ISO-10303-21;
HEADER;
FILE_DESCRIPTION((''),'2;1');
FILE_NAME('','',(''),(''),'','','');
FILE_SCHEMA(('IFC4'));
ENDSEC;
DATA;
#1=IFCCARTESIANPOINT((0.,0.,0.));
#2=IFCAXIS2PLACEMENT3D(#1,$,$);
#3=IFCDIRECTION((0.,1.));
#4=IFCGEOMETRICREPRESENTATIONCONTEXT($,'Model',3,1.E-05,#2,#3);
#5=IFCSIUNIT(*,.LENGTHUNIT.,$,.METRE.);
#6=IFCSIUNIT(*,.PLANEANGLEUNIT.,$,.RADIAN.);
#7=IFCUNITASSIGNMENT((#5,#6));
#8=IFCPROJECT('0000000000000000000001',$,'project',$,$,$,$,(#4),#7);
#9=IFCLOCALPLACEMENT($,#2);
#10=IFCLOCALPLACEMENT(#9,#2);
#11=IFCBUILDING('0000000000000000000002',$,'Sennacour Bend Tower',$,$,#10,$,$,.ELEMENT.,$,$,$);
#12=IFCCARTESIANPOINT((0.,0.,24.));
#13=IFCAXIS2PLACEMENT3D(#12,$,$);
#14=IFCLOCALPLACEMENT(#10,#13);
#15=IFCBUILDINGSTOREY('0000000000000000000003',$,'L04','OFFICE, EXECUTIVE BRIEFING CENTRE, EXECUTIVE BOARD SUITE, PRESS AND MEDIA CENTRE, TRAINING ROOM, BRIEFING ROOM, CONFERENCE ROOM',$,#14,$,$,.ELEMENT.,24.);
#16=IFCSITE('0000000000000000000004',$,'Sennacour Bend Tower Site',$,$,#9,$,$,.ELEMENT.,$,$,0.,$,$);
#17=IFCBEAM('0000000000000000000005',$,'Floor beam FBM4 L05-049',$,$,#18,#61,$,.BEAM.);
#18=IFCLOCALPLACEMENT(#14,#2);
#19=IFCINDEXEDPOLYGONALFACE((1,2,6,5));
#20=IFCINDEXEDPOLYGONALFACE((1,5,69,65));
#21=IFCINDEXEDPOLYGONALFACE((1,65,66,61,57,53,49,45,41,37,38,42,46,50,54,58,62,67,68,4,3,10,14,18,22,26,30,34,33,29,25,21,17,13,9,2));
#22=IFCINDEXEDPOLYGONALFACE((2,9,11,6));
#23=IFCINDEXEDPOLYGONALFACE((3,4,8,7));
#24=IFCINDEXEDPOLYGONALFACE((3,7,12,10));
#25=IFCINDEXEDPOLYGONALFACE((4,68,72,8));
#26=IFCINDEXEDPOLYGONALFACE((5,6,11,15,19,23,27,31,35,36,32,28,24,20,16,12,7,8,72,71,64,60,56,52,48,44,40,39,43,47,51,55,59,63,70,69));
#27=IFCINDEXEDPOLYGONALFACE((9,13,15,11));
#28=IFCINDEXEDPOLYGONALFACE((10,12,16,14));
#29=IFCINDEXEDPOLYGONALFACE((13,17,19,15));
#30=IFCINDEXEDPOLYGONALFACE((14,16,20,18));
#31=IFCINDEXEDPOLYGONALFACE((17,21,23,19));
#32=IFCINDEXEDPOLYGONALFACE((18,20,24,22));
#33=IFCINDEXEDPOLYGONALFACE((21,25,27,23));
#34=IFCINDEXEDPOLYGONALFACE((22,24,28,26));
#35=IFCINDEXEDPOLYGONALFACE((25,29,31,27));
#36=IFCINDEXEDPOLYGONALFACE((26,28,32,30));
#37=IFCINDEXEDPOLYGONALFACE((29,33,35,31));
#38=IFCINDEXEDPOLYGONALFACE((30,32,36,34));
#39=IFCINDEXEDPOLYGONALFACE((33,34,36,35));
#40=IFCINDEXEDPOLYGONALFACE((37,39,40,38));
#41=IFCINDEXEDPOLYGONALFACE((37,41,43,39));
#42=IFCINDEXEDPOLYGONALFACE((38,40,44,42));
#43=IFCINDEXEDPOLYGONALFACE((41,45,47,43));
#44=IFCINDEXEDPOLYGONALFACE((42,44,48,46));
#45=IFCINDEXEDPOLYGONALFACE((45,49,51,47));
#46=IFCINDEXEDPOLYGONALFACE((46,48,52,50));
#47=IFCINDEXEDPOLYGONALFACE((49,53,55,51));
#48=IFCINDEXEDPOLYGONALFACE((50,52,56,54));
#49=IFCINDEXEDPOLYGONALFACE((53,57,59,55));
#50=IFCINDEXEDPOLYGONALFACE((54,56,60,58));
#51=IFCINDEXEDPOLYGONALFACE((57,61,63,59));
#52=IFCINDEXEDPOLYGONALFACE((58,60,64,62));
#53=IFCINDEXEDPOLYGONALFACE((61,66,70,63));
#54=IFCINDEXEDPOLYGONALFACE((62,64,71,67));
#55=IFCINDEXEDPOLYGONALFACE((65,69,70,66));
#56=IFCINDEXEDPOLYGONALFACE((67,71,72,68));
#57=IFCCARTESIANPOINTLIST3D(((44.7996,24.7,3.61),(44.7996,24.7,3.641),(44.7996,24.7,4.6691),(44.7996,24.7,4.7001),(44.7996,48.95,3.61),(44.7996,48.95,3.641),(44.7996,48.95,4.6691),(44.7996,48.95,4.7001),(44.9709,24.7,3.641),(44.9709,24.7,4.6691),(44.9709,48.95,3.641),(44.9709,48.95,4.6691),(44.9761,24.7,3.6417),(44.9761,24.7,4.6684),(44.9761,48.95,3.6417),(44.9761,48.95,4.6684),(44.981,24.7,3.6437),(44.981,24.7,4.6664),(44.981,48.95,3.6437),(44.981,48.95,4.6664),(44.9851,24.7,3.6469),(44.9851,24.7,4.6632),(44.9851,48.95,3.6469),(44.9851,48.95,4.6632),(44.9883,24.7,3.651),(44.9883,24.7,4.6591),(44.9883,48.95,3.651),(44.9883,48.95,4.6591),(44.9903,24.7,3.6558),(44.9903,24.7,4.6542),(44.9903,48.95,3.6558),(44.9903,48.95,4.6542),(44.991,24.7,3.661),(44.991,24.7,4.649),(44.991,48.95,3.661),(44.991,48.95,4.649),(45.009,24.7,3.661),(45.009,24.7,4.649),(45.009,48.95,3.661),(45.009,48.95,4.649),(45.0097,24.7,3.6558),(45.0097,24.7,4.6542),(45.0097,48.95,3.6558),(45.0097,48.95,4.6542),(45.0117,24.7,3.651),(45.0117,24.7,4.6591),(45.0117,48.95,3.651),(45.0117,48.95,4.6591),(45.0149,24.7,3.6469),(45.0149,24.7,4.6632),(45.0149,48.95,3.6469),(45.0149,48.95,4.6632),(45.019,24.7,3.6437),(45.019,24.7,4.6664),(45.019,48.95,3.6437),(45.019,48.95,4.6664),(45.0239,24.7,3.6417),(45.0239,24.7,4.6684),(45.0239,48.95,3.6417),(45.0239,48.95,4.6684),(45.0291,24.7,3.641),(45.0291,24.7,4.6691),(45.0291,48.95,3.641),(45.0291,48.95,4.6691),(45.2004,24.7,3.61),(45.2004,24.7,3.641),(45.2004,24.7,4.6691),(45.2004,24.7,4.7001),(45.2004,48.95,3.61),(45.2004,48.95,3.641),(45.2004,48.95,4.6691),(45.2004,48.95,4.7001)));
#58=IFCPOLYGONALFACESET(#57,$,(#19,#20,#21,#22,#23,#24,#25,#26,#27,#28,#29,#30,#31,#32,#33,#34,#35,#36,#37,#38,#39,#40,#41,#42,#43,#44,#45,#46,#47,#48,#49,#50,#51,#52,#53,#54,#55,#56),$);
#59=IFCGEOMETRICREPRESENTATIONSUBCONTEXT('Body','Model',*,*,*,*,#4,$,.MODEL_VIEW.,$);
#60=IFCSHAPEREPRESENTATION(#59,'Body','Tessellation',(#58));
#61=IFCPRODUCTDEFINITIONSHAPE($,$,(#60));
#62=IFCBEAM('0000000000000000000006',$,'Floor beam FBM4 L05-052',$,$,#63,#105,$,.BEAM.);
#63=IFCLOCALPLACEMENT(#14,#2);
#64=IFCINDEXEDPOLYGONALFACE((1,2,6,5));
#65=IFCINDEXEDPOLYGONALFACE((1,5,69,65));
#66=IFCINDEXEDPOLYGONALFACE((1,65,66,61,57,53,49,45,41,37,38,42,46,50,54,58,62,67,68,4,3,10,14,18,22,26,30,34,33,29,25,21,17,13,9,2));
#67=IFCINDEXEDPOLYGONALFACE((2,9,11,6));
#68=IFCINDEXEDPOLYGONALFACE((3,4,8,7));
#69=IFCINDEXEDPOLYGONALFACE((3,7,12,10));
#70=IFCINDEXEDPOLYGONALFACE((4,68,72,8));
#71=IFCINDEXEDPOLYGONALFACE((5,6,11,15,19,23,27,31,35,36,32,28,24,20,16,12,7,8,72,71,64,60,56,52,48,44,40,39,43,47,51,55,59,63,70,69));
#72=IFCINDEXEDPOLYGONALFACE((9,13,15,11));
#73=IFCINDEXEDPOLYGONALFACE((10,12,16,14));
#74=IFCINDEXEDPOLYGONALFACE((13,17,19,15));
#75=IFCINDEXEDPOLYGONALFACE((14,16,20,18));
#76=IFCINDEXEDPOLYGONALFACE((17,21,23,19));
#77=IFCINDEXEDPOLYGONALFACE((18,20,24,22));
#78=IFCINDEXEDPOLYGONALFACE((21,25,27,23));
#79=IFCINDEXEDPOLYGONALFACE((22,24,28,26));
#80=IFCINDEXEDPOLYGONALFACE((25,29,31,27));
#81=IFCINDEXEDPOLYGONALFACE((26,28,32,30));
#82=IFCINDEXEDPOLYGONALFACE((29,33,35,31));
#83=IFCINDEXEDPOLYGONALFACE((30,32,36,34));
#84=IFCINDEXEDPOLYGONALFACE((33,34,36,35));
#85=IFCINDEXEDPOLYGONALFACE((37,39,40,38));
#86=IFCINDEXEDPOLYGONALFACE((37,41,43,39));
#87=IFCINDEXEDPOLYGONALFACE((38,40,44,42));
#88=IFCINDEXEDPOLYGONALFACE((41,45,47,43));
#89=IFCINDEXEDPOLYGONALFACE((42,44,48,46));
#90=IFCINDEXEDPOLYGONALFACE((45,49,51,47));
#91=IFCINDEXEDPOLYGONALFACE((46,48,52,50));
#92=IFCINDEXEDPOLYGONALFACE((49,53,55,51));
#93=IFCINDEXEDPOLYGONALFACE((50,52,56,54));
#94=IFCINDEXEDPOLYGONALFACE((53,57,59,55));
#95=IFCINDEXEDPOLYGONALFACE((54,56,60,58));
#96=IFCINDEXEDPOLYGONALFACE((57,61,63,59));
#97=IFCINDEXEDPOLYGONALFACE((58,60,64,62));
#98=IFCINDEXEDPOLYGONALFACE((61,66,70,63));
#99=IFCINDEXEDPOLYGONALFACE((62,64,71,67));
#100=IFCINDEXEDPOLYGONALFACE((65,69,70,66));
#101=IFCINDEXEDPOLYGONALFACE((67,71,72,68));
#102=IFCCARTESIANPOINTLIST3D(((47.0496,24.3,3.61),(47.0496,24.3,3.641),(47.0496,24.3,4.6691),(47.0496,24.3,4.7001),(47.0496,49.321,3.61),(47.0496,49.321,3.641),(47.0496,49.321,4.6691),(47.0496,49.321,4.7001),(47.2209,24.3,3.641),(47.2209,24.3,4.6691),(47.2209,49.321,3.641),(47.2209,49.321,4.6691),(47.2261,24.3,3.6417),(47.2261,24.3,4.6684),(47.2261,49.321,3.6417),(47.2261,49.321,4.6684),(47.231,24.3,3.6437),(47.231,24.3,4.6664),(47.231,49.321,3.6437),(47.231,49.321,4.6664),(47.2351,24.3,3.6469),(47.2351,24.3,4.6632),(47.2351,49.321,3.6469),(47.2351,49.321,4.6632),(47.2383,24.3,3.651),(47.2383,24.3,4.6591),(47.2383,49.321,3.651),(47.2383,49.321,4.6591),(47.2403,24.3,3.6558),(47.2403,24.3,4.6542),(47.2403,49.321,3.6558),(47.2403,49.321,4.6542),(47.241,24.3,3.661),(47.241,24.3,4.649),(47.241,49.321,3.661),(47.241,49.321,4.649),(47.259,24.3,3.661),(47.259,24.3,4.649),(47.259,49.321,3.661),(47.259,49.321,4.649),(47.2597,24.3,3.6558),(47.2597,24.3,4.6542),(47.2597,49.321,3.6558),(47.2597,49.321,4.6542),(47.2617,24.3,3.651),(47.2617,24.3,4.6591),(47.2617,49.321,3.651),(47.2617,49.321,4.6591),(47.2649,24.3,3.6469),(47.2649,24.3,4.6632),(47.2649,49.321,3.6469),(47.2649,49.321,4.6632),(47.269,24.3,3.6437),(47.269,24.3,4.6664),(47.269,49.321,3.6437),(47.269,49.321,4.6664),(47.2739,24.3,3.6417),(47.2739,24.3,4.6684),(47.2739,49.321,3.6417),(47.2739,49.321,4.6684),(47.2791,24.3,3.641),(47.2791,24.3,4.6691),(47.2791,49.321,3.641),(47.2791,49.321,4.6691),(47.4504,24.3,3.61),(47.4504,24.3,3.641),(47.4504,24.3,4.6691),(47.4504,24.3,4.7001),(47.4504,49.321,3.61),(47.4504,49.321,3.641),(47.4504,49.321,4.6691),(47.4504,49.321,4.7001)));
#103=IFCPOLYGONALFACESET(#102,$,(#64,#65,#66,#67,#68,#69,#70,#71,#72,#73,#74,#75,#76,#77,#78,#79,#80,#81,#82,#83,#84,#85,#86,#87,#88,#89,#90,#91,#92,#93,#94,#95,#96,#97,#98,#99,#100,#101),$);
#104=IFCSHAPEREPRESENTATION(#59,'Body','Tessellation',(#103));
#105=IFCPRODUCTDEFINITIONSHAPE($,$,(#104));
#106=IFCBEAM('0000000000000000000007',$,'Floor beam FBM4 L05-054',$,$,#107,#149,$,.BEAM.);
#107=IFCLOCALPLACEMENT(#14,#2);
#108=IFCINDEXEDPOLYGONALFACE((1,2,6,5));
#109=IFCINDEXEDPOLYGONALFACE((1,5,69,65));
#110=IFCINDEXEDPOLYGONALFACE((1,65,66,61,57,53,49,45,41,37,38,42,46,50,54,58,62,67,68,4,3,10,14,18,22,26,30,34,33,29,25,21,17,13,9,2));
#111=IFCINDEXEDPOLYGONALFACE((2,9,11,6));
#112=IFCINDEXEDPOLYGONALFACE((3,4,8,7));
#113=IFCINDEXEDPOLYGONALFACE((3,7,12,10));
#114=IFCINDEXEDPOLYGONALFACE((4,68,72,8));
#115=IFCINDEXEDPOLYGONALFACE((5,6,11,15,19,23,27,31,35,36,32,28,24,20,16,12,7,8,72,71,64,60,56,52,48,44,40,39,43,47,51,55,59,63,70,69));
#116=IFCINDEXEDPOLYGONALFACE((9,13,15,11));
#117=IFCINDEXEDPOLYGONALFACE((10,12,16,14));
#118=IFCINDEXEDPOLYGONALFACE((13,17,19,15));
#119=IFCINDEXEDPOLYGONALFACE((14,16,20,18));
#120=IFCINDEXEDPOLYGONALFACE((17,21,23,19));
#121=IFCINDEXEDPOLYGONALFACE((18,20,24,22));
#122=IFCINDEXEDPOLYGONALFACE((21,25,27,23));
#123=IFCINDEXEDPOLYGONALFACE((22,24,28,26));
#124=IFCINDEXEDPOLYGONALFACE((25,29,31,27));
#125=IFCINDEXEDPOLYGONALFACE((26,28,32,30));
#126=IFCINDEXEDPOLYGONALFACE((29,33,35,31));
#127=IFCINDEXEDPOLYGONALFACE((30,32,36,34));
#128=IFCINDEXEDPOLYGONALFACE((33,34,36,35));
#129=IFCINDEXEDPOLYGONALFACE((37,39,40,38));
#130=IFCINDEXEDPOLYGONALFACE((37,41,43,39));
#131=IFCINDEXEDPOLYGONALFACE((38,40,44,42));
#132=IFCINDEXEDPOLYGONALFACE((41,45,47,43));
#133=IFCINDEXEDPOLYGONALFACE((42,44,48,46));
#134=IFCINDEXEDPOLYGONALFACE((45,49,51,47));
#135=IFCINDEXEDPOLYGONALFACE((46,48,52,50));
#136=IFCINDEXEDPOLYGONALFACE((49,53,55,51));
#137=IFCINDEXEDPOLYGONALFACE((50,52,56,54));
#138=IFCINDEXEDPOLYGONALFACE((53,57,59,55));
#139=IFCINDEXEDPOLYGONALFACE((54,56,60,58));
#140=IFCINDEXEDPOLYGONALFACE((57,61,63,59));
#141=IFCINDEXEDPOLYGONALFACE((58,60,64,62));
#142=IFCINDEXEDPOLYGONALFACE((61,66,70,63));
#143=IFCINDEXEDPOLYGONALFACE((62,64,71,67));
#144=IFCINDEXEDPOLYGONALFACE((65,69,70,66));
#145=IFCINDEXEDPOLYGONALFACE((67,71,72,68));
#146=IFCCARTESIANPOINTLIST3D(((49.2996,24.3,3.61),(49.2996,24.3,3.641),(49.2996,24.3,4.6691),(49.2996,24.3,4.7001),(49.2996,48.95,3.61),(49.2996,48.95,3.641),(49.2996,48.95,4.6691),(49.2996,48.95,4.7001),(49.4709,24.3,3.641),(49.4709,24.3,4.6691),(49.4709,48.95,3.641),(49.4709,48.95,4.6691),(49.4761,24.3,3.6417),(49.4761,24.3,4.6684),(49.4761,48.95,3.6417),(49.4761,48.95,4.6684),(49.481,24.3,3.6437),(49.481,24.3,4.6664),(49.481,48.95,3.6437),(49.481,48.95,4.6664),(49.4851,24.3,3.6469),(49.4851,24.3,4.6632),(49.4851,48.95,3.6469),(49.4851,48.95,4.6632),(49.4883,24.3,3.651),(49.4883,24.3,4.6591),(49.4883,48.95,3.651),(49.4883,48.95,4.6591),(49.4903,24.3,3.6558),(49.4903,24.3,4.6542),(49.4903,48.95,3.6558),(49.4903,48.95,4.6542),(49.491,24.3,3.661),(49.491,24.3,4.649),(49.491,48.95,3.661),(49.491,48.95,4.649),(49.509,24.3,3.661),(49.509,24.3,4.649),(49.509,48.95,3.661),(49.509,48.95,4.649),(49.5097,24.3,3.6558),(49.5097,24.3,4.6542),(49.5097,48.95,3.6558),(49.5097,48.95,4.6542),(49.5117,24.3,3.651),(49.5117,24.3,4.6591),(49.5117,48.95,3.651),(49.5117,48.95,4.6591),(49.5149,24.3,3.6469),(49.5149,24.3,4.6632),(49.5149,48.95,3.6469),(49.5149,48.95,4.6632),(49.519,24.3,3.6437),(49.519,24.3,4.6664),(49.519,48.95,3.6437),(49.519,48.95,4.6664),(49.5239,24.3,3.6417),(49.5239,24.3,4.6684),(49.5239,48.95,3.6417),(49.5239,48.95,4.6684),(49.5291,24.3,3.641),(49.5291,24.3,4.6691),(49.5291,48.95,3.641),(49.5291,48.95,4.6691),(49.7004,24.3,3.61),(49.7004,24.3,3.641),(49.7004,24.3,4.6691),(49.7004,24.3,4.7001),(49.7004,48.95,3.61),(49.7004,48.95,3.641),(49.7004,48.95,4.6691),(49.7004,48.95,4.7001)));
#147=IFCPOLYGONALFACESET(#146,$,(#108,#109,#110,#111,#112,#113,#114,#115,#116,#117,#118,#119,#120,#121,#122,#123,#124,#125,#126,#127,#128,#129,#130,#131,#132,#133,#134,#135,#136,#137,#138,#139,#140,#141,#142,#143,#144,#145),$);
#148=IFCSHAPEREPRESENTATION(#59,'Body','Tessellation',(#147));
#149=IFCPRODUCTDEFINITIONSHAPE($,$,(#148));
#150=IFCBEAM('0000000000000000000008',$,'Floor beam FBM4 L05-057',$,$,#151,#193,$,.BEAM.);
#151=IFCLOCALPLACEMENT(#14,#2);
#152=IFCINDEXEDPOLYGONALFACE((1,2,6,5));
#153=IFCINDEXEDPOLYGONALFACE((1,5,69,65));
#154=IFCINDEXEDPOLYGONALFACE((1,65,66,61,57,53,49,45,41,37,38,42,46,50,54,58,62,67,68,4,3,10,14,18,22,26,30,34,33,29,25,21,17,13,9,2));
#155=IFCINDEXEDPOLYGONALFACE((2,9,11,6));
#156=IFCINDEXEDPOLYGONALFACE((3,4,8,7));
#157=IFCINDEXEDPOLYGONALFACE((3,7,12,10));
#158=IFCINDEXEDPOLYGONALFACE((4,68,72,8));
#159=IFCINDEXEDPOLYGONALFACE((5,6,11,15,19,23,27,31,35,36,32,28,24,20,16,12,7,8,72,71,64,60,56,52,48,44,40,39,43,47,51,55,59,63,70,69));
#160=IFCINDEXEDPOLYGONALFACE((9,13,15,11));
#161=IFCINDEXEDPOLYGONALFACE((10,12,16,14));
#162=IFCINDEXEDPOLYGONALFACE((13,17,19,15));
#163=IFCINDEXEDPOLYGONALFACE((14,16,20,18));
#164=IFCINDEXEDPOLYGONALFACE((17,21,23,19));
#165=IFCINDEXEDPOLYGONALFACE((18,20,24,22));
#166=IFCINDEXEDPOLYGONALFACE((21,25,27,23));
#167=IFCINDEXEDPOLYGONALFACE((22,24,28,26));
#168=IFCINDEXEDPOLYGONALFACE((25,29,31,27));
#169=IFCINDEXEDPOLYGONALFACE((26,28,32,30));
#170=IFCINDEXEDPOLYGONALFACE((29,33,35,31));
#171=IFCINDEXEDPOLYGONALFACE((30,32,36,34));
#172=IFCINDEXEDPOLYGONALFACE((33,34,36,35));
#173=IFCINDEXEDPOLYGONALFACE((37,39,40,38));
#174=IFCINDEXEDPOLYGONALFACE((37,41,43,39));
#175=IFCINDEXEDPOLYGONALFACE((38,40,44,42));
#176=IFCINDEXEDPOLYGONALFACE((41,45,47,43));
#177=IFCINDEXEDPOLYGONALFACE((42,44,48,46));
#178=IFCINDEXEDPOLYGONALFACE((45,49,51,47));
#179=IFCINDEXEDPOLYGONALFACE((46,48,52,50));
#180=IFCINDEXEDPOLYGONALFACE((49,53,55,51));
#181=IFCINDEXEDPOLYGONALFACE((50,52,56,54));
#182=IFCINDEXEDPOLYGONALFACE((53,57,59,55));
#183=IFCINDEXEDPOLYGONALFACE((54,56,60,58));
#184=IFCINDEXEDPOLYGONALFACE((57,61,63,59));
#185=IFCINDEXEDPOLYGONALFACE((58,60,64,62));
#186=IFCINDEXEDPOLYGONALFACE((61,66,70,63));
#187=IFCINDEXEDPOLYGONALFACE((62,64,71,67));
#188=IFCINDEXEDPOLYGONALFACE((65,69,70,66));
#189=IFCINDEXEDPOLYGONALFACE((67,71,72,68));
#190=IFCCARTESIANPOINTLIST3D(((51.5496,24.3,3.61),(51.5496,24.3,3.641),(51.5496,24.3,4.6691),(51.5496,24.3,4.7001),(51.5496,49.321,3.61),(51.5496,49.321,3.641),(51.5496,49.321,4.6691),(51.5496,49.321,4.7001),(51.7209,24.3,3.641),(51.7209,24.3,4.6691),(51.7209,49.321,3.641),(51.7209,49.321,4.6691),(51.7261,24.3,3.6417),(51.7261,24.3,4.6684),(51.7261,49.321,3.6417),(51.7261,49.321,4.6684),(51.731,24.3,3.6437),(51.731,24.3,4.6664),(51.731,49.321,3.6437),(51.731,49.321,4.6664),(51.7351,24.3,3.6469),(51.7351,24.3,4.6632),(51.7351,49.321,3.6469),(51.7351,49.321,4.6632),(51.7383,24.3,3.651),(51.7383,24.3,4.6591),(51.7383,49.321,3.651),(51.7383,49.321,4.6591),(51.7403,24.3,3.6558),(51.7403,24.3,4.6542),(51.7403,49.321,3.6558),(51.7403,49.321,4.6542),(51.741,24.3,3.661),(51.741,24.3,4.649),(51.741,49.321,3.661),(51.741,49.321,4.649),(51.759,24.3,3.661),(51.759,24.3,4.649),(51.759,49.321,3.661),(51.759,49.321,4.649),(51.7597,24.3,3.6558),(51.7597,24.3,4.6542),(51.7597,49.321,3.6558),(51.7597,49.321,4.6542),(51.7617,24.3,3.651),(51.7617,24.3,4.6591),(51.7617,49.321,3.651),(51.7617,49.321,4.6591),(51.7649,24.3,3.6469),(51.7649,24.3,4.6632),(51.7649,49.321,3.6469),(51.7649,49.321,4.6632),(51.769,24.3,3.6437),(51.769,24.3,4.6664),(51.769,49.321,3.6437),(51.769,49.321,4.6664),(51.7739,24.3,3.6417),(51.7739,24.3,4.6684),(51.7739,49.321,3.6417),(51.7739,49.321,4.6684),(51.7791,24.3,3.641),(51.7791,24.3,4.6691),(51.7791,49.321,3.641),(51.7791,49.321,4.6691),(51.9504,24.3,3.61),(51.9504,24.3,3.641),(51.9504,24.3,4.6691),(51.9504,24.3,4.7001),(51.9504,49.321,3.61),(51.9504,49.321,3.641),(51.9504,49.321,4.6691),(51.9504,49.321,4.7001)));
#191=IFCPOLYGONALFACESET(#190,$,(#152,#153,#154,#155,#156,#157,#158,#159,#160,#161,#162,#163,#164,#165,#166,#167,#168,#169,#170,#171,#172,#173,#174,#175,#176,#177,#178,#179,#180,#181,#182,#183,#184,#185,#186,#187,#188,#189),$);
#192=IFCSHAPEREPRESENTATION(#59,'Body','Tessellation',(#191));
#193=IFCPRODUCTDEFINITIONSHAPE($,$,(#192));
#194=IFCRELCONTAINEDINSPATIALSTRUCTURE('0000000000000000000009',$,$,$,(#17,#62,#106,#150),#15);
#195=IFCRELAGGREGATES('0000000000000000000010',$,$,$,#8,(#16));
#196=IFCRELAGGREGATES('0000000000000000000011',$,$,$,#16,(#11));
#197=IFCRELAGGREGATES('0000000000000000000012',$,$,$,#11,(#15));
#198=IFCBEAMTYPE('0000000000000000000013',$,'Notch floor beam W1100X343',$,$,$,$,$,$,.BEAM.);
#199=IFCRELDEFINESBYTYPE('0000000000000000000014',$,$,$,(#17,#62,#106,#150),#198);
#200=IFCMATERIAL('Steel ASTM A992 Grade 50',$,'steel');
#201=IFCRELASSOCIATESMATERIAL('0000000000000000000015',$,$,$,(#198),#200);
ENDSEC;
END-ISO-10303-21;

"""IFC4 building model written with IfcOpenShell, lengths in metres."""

from ifc_helpers import new_model, si_unit, direction, frame, origin, origin_2d, place, context, subcontext, project, spatial, i_section, extrude, material, material_profile, profile_set, type_object, element, save


model = new_model("IFC4")

# Units and contexts
model_context = context("Model", 3, precision=1e-05, world=origin(), true_north=direction((0.0, 1.0)))
body_context = subcontext(model_context, "Body", "Model", "MODEL_VIEW")
ifc_project = project(units=[si_unit("LENGTHUNIT", "METRE"), si_unit("PLANEANGLEUNIT", "RADIAN")], contexts=[model_context])

# Site, building, storey
site_placement = place(None, origin())
site = spatial("IfcSite", under=ifc_project, at=site_placement, Name="Sennacour Bend Tower Site", CompositionType="ELEMENT", RefElevation=0.0)
building_placement = place(site_placement, origin())
building = spatial("IfcBuilding", under=site, at=building_placement, Name="Sennacour Bend Tower", CompositionType="ELEMENT")
storey_placement = place(building_placement, frame((0.0, 0.0, 24.0)))
storey = spatial("IfcBuildingStorey", under=building, at=storey_placement, Name="L04", Description="OFFICE, EXECUTIVE BRIEFING CENTRE, EXECUTIVE BOARD SUITE, PRESS AND MEDIA CENTRE, TRAINING ROOM, BRIEFING ROOM, CONFERENCE ROOM", CompositionType="ELEMENT", Elevation=24.0)

# Beams
ifc_material_1 = material(Name="Steel ASTM A992 Grade 50", Category="steel")
ifc_material_profile_1 = material_profile(ifc_material_1, i_section(OverallWidth=0.4009, OverallDepth=1.0901, WebThickness=0.0181, FlangeThickness=0.031, FilletRadius=0.02, at=origin_2d()), Name="Steel ASTM A992 Grade 50", Category="steel")
ifc_profile_set_1 = profile_set([ifc_material_profile_1], Name="Steel ASTM A992 Grade 50")
beam_type_1 = type_object("IfcBeamType", Name="Notch floor beam W1100X343", PredefinedType="BEAM", material=ifc_profile_set_1)
beam_1_placement = place(storey_placement, frame((45.0, 24.7, 4.155), z_axis=(0.0, 1.0, 0.0), x_axis=(-1.0, 0.0, 0.0)))
element("IfcBeam", 1, at=beam_1_placement, inside=storey, type_object=beam_type_1, Name="Floor beam FBM4 L05-049", PredefinedType="BEAM", context=body_context, shape_type="SweptSolid", body=[
    extrude(i_section(OverallWidth=0.4009, OverallDepth=1.0901, WebThickness=0.0181, FlangeThickness=0.031, FilletRadius=0.02, at=origin_2d()), origin(), (0.0, 0.0, 1.0), 24.25),
])
beam_2_placement = place(storey_placement, frame((47.25, 24.3, 4.155), z_axis=(0.0, 1.0, 0.0), x_axis=(-1.0, 0.0, 0.0)))
element("IfcBeam", 2, at=beam_2_placement, inside=storey, type_object=beam_type_1, Name="Floor beam FBM4 L05-052", PredefinedType="BEAM", context=body_context, shape_type="SweptSolid", body=[
    extrude(i_section(OverallWidth=0.4009, OverallDepth=1.0901, WebThickness=0.0181, FlangeThickness=0.031, FilletRadius=0.02, at=origin_2d()), origin(), (0.0, 0.0, 1.0), 25.021),
])
beam_3_placement = place(storey_placement, frame((49.5, 24.3, 4.155), z_axis=(0.0, 1.0, 0.0), x_axis=(-1.0, 0.0, 0.0)))
element("IfcBeam", 3, at=beam_3_placement, inside=storey, type_object=beam_type_1, Name="Floor beam FBM4 L05-054", PredefinedType="BEAM", context=body_context, shape_type="SweptSolid", body=[
    extrude(i_section(OverallWidth=0.4009, OverallDepth=1.0901, WebThickness=0.0181, FlangeThickness=0.031, FilletRadius=0.02, at=origin_2d()), origin(), (0.0, 0.0, 1.0), 24.6499),
])
beam_4_placement = place(storey_placement, frame((51.75, 24.3, 4.155), z_axis=(0.0, 1.0, 0.0), x_axis=(-1.0, 0.0, 0.0)))
element("IfcBeam", 4, at=beam_4_placement, inside=storey, type_object=beam_type_1, Name="Floor beam FBM4 L05-057", PredefinedType="BEAM", context=body_context, shape_type="SweptSolid", body=[
    extrude(i_section(OverallWidth=0.4009, OverallDepth=1.0901, WebThickness=0.0181, FlangeThickness=0.031, FilletRadius=0.02, at=origin_2d()), origin(), (0.0, 0.0, 1.0), 25.021),
])

save(model, "model.ifc")
